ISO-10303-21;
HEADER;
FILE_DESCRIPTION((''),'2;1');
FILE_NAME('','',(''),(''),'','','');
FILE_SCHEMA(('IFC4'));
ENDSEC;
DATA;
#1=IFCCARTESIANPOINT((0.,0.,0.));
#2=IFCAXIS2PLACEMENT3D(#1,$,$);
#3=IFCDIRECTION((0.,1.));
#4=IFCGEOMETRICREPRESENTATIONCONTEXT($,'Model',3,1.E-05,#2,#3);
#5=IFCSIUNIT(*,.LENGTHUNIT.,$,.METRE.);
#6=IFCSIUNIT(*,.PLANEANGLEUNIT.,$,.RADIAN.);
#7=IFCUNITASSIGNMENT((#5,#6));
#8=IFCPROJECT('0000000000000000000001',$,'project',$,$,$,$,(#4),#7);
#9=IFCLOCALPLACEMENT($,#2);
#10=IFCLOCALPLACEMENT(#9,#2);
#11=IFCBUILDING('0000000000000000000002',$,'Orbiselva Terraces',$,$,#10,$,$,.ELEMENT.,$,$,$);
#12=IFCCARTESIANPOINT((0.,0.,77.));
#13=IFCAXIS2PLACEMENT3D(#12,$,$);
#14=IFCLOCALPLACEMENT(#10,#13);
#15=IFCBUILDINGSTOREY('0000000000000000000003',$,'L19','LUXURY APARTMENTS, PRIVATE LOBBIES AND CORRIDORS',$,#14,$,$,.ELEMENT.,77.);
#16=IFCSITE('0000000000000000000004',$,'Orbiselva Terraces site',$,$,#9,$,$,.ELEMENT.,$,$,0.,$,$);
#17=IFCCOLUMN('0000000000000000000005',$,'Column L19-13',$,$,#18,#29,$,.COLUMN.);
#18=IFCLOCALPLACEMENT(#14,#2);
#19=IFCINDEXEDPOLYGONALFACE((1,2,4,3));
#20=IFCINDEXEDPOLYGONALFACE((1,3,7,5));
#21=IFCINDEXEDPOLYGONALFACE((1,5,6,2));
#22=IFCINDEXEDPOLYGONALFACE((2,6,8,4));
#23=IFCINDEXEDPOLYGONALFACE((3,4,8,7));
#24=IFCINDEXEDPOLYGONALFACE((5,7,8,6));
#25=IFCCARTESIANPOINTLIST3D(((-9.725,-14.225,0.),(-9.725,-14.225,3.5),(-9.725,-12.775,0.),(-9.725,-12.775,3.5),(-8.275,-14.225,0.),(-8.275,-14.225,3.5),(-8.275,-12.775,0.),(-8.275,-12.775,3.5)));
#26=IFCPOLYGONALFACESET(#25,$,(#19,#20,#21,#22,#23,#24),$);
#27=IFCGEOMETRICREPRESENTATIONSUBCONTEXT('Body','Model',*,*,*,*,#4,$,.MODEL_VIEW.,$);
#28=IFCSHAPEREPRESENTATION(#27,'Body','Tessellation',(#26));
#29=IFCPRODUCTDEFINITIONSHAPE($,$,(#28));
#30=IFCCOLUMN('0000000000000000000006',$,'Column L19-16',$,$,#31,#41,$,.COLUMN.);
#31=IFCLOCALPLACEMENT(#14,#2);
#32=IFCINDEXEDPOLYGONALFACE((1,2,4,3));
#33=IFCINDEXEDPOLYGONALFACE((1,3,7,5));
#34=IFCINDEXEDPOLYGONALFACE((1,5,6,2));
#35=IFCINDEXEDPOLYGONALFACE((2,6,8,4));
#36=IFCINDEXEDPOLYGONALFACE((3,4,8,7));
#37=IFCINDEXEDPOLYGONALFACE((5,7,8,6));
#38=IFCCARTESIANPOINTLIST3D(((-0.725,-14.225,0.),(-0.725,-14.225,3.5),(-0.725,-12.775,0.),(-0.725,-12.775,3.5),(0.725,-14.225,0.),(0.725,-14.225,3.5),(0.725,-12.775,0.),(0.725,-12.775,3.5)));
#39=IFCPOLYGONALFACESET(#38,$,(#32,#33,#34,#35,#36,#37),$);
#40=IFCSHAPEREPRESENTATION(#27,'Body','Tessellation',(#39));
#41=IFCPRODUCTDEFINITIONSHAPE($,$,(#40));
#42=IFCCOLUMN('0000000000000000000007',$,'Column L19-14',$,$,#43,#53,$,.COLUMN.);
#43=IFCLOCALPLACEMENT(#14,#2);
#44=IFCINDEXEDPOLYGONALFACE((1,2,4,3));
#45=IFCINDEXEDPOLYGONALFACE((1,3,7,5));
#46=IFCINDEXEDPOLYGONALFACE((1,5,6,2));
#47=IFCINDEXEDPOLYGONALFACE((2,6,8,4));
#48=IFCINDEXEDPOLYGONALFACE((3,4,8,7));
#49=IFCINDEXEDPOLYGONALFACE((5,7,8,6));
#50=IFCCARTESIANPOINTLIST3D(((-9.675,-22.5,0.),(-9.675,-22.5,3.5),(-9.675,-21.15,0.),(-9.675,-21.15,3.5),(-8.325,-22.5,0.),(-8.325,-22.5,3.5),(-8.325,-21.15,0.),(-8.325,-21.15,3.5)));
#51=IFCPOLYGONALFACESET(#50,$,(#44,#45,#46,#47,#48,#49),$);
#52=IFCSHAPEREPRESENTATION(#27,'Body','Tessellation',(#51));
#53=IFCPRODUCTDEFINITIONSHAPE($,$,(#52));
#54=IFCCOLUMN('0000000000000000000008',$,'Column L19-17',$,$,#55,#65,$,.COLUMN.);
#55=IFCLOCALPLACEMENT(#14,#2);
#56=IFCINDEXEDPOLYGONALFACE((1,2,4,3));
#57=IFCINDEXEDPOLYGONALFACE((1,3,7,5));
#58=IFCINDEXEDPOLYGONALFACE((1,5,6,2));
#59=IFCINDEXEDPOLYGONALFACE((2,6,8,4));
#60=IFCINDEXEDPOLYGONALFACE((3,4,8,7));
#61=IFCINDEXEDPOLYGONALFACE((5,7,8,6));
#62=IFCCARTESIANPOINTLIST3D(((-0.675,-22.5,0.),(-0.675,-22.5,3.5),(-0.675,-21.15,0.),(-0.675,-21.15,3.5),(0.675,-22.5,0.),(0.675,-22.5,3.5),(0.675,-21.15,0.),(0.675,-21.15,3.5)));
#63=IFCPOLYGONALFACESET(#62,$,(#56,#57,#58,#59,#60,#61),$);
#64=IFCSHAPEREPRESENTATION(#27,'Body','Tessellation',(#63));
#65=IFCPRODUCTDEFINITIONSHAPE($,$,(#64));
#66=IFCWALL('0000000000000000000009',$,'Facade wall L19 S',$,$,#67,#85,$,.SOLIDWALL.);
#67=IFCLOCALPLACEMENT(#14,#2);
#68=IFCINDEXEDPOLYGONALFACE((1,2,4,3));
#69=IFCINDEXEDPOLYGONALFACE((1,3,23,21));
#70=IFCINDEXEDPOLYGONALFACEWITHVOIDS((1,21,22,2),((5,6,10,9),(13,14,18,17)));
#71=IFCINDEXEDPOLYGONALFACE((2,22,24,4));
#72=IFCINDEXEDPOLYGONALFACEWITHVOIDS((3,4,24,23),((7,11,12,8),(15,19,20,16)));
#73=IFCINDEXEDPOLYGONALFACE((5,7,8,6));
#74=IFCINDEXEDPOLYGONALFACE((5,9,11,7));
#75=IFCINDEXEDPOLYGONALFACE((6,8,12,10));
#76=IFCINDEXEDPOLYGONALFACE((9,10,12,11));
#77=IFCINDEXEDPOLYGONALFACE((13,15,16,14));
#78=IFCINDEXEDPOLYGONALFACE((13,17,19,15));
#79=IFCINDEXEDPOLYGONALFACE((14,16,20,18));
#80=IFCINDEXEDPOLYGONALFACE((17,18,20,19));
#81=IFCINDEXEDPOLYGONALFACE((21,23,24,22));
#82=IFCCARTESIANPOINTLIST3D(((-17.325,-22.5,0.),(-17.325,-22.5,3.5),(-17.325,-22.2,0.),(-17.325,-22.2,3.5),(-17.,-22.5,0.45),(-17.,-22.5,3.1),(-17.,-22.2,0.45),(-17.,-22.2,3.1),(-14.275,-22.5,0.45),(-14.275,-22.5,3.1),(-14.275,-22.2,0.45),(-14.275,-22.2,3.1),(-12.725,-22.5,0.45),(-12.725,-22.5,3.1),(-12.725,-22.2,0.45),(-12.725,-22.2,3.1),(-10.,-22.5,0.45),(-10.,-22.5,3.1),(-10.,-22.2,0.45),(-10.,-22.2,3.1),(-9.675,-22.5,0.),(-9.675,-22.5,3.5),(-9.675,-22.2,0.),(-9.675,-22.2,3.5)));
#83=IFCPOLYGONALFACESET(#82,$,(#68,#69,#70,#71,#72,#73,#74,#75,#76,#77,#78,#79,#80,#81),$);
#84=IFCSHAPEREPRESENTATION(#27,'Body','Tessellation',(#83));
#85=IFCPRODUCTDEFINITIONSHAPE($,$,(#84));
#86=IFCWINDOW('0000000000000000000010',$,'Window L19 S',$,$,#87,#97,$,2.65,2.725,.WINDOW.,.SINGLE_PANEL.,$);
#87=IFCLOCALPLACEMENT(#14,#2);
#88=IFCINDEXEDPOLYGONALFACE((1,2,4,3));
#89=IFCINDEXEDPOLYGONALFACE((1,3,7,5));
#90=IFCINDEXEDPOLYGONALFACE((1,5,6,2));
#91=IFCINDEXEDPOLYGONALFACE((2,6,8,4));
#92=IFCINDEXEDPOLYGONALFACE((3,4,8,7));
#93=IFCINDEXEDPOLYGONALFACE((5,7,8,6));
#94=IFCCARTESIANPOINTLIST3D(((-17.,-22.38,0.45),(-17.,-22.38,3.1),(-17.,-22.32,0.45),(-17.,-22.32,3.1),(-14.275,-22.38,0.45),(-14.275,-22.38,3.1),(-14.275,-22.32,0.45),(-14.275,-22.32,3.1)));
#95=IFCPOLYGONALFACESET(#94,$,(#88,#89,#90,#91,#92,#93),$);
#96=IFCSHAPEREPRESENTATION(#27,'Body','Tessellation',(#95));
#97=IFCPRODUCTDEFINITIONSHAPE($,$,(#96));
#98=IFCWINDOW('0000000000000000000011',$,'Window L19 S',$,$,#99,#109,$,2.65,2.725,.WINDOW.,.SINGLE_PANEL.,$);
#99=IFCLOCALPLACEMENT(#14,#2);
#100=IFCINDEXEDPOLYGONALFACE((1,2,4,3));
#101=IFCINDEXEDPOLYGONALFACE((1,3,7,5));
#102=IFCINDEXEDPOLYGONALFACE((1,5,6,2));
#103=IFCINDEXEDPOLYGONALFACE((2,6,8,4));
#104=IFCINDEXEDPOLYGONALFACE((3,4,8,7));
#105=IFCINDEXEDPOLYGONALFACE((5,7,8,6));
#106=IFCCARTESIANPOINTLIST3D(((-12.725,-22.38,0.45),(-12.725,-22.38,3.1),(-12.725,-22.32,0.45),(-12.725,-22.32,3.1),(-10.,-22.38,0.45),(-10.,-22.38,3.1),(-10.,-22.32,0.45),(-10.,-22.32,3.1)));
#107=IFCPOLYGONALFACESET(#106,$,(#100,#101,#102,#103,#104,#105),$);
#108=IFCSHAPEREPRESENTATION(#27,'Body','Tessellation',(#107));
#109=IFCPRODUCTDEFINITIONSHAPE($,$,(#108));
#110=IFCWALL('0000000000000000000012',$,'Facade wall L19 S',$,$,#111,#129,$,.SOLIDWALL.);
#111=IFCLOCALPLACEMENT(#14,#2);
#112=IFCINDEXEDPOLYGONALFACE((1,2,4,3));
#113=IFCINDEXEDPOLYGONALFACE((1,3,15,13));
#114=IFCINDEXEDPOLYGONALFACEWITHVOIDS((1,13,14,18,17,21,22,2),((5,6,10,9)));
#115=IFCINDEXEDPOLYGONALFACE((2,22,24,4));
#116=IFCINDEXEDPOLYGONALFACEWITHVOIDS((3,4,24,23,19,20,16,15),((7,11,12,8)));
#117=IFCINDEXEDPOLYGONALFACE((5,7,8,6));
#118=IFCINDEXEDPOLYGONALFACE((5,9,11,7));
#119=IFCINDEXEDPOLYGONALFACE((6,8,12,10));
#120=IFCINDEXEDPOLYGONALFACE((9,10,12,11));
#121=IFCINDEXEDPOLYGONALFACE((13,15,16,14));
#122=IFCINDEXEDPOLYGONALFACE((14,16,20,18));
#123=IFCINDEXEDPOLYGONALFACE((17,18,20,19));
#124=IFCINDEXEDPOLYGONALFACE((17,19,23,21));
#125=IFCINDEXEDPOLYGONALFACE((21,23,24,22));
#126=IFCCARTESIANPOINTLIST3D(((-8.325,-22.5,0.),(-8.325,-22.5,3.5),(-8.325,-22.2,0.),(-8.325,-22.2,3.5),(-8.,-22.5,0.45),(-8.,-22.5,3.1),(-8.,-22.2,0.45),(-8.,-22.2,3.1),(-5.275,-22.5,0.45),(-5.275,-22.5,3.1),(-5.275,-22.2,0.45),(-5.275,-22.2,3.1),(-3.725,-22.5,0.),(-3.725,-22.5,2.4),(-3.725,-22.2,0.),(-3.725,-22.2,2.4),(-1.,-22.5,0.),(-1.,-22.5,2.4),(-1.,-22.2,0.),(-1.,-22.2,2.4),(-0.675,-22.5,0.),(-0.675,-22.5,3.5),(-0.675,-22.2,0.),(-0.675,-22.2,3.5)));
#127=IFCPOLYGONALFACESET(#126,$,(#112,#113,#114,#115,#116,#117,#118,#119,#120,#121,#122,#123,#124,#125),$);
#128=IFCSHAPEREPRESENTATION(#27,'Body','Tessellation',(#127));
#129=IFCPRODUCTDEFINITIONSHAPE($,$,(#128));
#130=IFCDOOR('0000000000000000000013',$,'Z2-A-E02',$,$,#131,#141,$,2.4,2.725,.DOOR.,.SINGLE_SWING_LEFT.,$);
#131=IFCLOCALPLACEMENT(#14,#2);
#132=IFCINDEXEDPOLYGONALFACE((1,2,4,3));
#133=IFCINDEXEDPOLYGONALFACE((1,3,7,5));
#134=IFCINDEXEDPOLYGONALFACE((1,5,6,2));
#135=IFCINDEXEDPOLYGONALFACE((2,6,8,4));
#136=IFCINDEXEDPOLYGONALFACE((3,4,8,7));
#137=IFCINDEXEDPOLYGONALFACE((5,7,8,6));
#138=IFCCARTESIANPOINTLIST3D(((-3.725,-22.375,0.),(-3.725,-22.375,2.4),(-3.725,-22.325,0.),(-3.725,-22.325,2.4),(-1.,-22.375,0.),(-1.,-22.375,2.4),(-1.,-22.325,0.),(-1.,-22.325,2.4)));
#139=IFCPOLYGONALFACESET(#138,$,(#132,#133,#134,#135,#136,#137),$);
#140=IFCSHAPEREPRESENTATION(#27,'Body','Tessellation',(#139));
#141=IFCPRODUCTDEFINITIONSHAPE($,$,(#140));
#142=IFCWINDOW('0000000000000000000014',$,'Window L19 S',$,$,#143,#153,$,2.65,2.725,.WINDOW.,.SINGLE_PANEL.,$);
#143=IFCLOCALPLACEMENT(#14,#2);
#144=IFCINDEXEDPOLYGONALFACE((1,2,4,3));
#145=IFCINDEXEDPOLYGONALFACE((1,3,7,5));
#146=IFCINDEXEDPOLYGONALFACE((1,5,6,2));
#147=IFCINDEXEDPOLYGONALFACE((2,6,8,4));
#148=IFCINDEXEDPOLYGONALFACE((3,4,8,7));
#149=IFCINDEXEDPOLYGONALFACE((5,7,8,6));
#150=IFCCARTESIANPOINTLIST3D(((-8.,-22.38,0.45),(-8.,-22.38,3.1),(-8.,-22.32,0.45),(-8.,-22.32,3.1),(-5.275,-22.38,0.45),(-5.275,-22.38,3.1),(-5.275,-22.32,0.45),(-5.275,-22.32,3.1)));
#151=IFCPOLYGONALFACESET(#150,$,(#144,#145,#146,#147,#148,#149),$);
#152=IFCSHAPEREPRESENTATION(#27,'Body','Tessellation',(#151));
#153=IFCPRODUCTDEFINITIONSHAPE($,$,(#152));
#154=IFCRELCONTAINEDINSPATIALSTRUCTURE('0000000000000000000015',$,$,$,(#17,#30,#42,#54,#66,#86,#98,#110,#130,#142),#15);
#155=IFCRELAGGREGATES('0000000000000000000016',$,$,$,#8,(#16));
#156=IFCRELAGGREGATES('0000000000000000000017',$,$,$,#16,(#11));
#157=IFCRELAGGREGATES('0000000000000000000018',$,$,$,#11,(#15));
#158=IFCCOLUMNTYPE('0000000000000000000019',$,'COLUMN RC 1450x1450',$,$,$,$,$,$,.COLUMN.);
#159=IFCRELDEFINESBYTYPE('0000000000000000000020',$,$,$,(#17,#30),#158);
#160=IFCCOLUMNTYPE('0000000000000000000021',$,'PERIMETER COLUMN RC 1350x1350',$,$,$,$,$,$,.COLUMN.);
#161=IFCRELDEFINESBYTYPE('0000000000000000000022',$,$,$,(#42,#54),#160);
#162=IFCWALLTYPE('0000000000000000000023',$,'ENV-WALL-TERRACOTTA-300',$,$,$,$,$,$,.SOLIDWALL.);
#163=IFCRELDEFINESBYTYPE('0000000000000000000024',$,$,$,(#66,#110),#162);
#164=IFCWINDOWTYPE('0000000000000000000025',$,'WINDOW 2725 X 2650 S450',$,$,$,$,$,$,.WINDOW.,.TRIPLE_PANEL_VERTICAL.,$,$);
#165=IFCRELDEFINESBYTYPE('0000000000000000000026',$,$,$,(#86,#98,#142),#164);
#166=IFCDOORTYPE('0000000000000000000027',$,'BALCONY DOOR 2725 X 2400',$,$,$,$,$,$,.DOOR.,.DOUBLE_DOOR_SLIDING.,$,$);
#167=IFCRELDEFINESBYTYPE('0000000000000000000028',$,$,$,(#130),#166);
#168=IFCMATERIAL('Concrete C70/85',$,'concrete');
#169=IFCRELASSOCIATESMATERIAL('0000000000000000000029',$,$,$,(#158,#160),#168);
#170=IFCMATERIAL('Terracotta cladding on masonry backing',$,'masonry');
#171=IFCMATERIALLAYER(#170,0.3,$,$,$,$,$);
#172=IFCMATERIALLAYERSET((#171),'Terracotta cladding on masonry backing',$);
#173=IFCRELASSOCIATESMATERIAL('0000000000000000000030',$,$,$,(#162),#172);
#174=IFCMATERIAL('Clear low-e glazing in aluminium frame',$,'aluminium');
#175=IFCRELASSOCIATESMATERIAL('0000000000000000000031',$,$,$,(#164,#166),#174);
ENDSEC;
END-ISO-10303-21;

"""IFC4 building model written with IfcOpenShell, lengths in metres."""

from ifc_helpers import new_model, si_unit, direction, frame, frame_2d, origin, origin_2d, place, context, subcontext, project, spatial, rectangle, extrude, material, layer, layer_set, material_profile, profile_set, type_object, element, fill, save


model = new_model("IFC4")

# Units and contexts
model_context = context("Model", 3, precision=1e-05, world=origin(), true_north=direction((0.0, 1.0)))
body_context = subcontext(model_context, "Body", "Model", "MODEL_VIEW")
ifc_project = project(units=[si_unit("LENGTHUNIT", "METRE"), si_unit("PLANEANGLEUNIT", "RADIAN")], contexts=[model_context])

# Site, building, storey
site_placement = place(None, origin())
site = spatial("IfcSite", under=ifc_project, at=site_placement, Name="Orbiselva Terraces site", CompositionType="ELEMENT", RefElevation=0.0)
building_placement = place(site_placement, origin())
building = spatial("IfcBuilding", under=site, at=building_placement, Name="Orbiselva Terraces", CompositionType="ELEMENT")
storey_placement = place(building_placement, frame((0.0, 0.0, 77.0)))
storey = spatial("IfcBuildingStorey", under=building, at=storey_placement, Name="L19", Description="LUXURY APARTMENTS, PRIVATE LOBBIES AND CORRIDORS", CompositionType="ELEMENT", Elevation=77.0)

# Columns
ifc_material_1 = material(Name="Concrete C70/85", Category="concrete")
ifc_material_profile_1 = material_profile(ifc_material_1, rectangle(XDim=1.45, YDim=1.45, at=origin_2d()), Name="RC 1450x1450")
ifc_profile_set_1 = profile_set([ifc_material_profile_1], Name="Concrete C70/85")
column_type_1 = type_object("IfcColumnType", Name="COLUMN RC 1450x1450", PredefinedType="COLUMN", material=ifc_profile_set_1)
for number, where, z_axis, x_axis, name in (
    (1, (-9.0, -13.5, 0.0), (0.0, 0.0, 1.0), (1.0, 0.0, 0.0), "Column L19-13"),
    (2, (0.0, -13.5, 0.0), (0.0, 0.0, 1.0), (1.0, 0.0, 0.0), "Column L19-16"),
):
    element("IfcColumn", number, at=place(storey_placement, frame(where, z_axis=z_axis, x_axis=x_axis)), inside=storey, type_object=column_type_1, Name=name, PredefinedType="COLUMN", context=body_context, shape_type="SweptSolid", body=[
        extrude(rectangle(XDim=1.45, YDim=1.45, at=origin_2d()), origin(), (0.0, 0.0, 1.0), 3.5),
    ])
ifc_material_profile_2 = material_profile(ifc_material_1, rectangle(XDim=1.35, YDim=1.35, at=origin_2d()), Name="RC 1350x1350")
ifc_profile_set_2 = profile_set([ifc_material_profile_2], Name="Concrete C70/85")
column_type_2 = type_object("IfcColumnType", Name="PERIMETER COLUMN RC 1350x1350", PredefinedType="COLUMN", material=ifc_profile_set_2)
for number, where, z_axis, x_axis, name in (
    (3, (-9.0, -21.825, 0.0), (0.0, 0.0, 1.0), (1.0, 0.0, 0.0), "Column L19-14"),
    (4, (0.0, -21.825, 0.0), (0.0, 0.0, 1.0), (1.0, 0.0, 0.0), "Column L19-17"),
):
    element("IfcColumn", number, at=place(storey_placement, frame(where, z_axis=z_axis, x_axis=x_axis)), inside=storey, type_object=column_type_2, Name=name, PredefinedType="COLUMN", context=body_context, shape_type="SweptSolid", body=[
        extrude(rectangle(XDim=1.35, YDim=1.35, at=origin_2d()), origin(), (0.0, 0.0, 1.0), 3.5),
    ])

# Wall, openings, windows
ifc_material_2 = material(Name="Terracotta cladding on masonry backing", Category="masonry")
ifc_layer_1 = layer(ifc_material_2, 0.3)
ifc_layer_set_1 = layer_set([ifc_layer_1], Name="Terracotta cladding on masonry backing")
wall_type_1 = type_object("IfcWallType", Name="ENV-WALL-TERRACOTTA-300", PredefinedType="SOLIDWALL", material=ifc_layer_set_1)
wall_1_placement = place(storey_placement, frame((-9.675, -22.35, 0.0), z_axis=(0.0, 0.0, 1.0), x_axis=(-1.0, 0.0, 0.0)))
wall_1 = element("IfcWall", 5, at=wall_1_placement, inside=storey, type_object=wall_type_1, Name="Facade wall L19 S", PredefinedType="SOLIDWALL", context=body_context, shape_type="SweptSolid", body=[
    extrude(rectangle(XDim=7.65, YDim=0.3, at=frame_2d((3.825, 0.0))), origin(), (0.0, 0.0, 1.0), 3.5),
])
opening_1_placement = place(wall_1_placement, frame((4.6, 0.0, 0.45)))
opening_1 = element("IfcOpeningElement", 6, at=opening_1_placement, cuts=wall_1, PredefinedType="OPENING", context=body_context, shape_type="SweptSolid", body=[
    extrude(rectangle(XDim=2.725, YDim=2.65, at=frame_2d((1.3625, 1.325))), frame((0.0, 0.16, 0.0), z_axis=(0.0, -1.0, 0.0), x_axis=(1.0, 0.0, 0.0)), (0.0, 0.0, 1.0), 0.32),
])
opening_2_placement = place(wall_1_placement, frame((0.325, 0.0, 0.45)))
opening_2 = element("IfcOpeningElement", 7, at=opening_2_placement, cuts=wall_1, PredefinedType="OPENING", context=body_context, shape_type="SweptSolid", body=[
    extrude(rectangle(XDim=2.725, YDim=2.65, at=frame_2d((1.3625, 1.325))), frame((0.0, 0.16, 0.0), z_axis=(0.0, -1.0, 0.0), x_axis=(1.0, 0.0, 0.0)), (0.0, 0.0, 1.0), 0.32),
])
ifc_material_3 = material(Name="Clear low-e glazing in aluminium frame", Category="aluminium")
window_type = type_object("IfcWindowType", Name="WINDOW 2725 X 2650 S450", PartitioningType="TRIPLE_PANEL_VERTICAL", PredefinedType="WINDOW", material=ifc_material_3)
window_1_placement = place(opening_1_placement, origin())
window_1 = element("IfcWindow", 8, at=window_1_placement, inside=storey, type_object=window_type, Name="Window L19 S", OverallHeight=2.65, OverallWidth=2.725, PartitioningType="SINGLE_PANEL", PredefinedType="WINDOW", context=body_context, shape_type="SweptSolid", body=[
    extrude(rectangle(XDim=2.725, YDim=2.65, at=frame_2d((1.3625, 1.325))), frame((0.0, 0.03, 0.0), z_axis=(0.0, -1.0, 0.0), x_axis=(1.0, 0.0, 0.0)), (0.0, 0.0, 1.0), 0.06),
])
fill(opening_1, window_1)
window_2_placement = place(opening_2_placement, origin())
window_2 = element("IfcWindow", 9, at=window_2_placement, inside=storey, type_object=window_type, Name="Window L19 S", OverallHeight=2.65, OverallWidth=2.725, PartitioningType="SINGLE_PANEL", PredefinedType="WINDOW", context=body_context, shape_type="SweptSolid", body=[
    extrude(rectangle(XDim=2.725, YDim=2.65, at=frame_2d((1.3625, 1.325))), frame((0.0, 0.03, 0.0), z_axis=(0.0, -1.0, 0.0), x_axis=(1.0, 0.0, 0.0)), (0.0, 0.0, 1.0), 0.06),
])
fill(opening_2, window_2)

# Wall, openings, door, window
wall_2_placement = place(storey_placement, frame((-0.675, -22.35, 0.0), z_axis=(0.0, 0.0, 1.0), x_axis=(-1.0, 0.0, 0.0)))
wall_2 = element("IfcWall", 10, at=wall_2_placement, inside=storey, type_object=wall_type_1, Name="Facade wall L19 S", PredefinedType="SOLIDWALL", context=body_context, shape_type="SweptSolid", body=[
    extrude(rectangle(XDim=7.65, YDim=0.3, at=frame_2d((3.825, 0.0))), origin(), (0.0, 0.0, 1.0), 3.5),
])
opening_3_placement = place(wall_2_placement, frame((4.6, 0.0, 0.45)))
opening_3 = element("IfcOpeningElement", 11, at=opening_3_placement, cuts=wall_2, PredefinedType="OPENING", context=body_context, shape_type="SweptSolid", body=[
    extrude(rectangle(XDim=2.725, YDim=2.65, at=frame_2d((1.3625, 1.325))), frame((0.0, 0.16, 0.0), z_axis=(0.0, -1.0, 0.0), x_axis=(1.0, 0.0, 0.0)), (0.0, 0.0, 1.0), 0.32),
])
opening_4_placement = place(wall_2_placement, frame((0.325, 0.0, 0.0)))
opening_4 = element("IfcOpeningElement", 12, at=opening_4_placement, cuts=wall_2, PredefinedType="OPENING", context=body_context, shape_type="SweptSolid", body=[
    extrude(rectangle(XDim=2.725, YDim=2.4, at=frame_2d((1.3625, 1.2))), frame((0.0, 0.16, 0.0), z_axis=(0.0, -1.0, 0.0), x_axis=(1.0, 0.0, 0.0)), (0.0, 0.0, 1.0), 0.32),
])
door_type_1 = type_object("IfcDoorType", Name="BALCONY DOOR 2725 X 2400", OperationType="DOUBLE_DOOR_SLIDING", PredefinedType="DOOR", material=ifc_material_3)
door_1_placement = place(opening_4_placement, origin())
door_1 = element("IfcDoor", 13, at=door_1_placement, inside=storey, type_object=door_type_1, Name="Z2-A-E02", OperationType="SINGLE_SWING_LEFT", OverallHeight=2.4, OverallWidth=2.725, PredefinedType="DOOR", context=body_context, shape_type="SweptSolid", body=[
    extrude(rectangle(XDim=2.725, YDim=2.4, at=frame_2d((1.3625, 1.2))), frame((0.0, 0.025, 0.0), z_axis=(0.0, -1.0, 0.0), x_axis=(1.0, 0.0, 0.0)), (0.0, 0.0, 1.0), 0.05),
])
fill(opening_4, door_1)
window_3_placement = place(opening_3_placement, origin())
window_3 = element("IfcWindow", 14, at=window_3_placement, inside=storey, type_object=window_type, Name="Window L19 S", OverallHeight=2.65, OverallWidth=2.725, PartitioningType="SINGLE_PANEL", PredefinedType="WINDOW", context=body_context, shape_type="SweptSolid", body=[
    extrude(rectangle(XDim=2.725, YDim=2.65, at=frame_2d((1.3625, 1.325))), frame((0.0, 0.03, 0.0), z_axis=(0.0, -1.0, 0.0), x_axis=(1.0, 0.0, 0.0)), (0.0, 0.0, 1.0), 0.06),
])
fill(opening_3, window_3)

save(model, "model.ifc")
